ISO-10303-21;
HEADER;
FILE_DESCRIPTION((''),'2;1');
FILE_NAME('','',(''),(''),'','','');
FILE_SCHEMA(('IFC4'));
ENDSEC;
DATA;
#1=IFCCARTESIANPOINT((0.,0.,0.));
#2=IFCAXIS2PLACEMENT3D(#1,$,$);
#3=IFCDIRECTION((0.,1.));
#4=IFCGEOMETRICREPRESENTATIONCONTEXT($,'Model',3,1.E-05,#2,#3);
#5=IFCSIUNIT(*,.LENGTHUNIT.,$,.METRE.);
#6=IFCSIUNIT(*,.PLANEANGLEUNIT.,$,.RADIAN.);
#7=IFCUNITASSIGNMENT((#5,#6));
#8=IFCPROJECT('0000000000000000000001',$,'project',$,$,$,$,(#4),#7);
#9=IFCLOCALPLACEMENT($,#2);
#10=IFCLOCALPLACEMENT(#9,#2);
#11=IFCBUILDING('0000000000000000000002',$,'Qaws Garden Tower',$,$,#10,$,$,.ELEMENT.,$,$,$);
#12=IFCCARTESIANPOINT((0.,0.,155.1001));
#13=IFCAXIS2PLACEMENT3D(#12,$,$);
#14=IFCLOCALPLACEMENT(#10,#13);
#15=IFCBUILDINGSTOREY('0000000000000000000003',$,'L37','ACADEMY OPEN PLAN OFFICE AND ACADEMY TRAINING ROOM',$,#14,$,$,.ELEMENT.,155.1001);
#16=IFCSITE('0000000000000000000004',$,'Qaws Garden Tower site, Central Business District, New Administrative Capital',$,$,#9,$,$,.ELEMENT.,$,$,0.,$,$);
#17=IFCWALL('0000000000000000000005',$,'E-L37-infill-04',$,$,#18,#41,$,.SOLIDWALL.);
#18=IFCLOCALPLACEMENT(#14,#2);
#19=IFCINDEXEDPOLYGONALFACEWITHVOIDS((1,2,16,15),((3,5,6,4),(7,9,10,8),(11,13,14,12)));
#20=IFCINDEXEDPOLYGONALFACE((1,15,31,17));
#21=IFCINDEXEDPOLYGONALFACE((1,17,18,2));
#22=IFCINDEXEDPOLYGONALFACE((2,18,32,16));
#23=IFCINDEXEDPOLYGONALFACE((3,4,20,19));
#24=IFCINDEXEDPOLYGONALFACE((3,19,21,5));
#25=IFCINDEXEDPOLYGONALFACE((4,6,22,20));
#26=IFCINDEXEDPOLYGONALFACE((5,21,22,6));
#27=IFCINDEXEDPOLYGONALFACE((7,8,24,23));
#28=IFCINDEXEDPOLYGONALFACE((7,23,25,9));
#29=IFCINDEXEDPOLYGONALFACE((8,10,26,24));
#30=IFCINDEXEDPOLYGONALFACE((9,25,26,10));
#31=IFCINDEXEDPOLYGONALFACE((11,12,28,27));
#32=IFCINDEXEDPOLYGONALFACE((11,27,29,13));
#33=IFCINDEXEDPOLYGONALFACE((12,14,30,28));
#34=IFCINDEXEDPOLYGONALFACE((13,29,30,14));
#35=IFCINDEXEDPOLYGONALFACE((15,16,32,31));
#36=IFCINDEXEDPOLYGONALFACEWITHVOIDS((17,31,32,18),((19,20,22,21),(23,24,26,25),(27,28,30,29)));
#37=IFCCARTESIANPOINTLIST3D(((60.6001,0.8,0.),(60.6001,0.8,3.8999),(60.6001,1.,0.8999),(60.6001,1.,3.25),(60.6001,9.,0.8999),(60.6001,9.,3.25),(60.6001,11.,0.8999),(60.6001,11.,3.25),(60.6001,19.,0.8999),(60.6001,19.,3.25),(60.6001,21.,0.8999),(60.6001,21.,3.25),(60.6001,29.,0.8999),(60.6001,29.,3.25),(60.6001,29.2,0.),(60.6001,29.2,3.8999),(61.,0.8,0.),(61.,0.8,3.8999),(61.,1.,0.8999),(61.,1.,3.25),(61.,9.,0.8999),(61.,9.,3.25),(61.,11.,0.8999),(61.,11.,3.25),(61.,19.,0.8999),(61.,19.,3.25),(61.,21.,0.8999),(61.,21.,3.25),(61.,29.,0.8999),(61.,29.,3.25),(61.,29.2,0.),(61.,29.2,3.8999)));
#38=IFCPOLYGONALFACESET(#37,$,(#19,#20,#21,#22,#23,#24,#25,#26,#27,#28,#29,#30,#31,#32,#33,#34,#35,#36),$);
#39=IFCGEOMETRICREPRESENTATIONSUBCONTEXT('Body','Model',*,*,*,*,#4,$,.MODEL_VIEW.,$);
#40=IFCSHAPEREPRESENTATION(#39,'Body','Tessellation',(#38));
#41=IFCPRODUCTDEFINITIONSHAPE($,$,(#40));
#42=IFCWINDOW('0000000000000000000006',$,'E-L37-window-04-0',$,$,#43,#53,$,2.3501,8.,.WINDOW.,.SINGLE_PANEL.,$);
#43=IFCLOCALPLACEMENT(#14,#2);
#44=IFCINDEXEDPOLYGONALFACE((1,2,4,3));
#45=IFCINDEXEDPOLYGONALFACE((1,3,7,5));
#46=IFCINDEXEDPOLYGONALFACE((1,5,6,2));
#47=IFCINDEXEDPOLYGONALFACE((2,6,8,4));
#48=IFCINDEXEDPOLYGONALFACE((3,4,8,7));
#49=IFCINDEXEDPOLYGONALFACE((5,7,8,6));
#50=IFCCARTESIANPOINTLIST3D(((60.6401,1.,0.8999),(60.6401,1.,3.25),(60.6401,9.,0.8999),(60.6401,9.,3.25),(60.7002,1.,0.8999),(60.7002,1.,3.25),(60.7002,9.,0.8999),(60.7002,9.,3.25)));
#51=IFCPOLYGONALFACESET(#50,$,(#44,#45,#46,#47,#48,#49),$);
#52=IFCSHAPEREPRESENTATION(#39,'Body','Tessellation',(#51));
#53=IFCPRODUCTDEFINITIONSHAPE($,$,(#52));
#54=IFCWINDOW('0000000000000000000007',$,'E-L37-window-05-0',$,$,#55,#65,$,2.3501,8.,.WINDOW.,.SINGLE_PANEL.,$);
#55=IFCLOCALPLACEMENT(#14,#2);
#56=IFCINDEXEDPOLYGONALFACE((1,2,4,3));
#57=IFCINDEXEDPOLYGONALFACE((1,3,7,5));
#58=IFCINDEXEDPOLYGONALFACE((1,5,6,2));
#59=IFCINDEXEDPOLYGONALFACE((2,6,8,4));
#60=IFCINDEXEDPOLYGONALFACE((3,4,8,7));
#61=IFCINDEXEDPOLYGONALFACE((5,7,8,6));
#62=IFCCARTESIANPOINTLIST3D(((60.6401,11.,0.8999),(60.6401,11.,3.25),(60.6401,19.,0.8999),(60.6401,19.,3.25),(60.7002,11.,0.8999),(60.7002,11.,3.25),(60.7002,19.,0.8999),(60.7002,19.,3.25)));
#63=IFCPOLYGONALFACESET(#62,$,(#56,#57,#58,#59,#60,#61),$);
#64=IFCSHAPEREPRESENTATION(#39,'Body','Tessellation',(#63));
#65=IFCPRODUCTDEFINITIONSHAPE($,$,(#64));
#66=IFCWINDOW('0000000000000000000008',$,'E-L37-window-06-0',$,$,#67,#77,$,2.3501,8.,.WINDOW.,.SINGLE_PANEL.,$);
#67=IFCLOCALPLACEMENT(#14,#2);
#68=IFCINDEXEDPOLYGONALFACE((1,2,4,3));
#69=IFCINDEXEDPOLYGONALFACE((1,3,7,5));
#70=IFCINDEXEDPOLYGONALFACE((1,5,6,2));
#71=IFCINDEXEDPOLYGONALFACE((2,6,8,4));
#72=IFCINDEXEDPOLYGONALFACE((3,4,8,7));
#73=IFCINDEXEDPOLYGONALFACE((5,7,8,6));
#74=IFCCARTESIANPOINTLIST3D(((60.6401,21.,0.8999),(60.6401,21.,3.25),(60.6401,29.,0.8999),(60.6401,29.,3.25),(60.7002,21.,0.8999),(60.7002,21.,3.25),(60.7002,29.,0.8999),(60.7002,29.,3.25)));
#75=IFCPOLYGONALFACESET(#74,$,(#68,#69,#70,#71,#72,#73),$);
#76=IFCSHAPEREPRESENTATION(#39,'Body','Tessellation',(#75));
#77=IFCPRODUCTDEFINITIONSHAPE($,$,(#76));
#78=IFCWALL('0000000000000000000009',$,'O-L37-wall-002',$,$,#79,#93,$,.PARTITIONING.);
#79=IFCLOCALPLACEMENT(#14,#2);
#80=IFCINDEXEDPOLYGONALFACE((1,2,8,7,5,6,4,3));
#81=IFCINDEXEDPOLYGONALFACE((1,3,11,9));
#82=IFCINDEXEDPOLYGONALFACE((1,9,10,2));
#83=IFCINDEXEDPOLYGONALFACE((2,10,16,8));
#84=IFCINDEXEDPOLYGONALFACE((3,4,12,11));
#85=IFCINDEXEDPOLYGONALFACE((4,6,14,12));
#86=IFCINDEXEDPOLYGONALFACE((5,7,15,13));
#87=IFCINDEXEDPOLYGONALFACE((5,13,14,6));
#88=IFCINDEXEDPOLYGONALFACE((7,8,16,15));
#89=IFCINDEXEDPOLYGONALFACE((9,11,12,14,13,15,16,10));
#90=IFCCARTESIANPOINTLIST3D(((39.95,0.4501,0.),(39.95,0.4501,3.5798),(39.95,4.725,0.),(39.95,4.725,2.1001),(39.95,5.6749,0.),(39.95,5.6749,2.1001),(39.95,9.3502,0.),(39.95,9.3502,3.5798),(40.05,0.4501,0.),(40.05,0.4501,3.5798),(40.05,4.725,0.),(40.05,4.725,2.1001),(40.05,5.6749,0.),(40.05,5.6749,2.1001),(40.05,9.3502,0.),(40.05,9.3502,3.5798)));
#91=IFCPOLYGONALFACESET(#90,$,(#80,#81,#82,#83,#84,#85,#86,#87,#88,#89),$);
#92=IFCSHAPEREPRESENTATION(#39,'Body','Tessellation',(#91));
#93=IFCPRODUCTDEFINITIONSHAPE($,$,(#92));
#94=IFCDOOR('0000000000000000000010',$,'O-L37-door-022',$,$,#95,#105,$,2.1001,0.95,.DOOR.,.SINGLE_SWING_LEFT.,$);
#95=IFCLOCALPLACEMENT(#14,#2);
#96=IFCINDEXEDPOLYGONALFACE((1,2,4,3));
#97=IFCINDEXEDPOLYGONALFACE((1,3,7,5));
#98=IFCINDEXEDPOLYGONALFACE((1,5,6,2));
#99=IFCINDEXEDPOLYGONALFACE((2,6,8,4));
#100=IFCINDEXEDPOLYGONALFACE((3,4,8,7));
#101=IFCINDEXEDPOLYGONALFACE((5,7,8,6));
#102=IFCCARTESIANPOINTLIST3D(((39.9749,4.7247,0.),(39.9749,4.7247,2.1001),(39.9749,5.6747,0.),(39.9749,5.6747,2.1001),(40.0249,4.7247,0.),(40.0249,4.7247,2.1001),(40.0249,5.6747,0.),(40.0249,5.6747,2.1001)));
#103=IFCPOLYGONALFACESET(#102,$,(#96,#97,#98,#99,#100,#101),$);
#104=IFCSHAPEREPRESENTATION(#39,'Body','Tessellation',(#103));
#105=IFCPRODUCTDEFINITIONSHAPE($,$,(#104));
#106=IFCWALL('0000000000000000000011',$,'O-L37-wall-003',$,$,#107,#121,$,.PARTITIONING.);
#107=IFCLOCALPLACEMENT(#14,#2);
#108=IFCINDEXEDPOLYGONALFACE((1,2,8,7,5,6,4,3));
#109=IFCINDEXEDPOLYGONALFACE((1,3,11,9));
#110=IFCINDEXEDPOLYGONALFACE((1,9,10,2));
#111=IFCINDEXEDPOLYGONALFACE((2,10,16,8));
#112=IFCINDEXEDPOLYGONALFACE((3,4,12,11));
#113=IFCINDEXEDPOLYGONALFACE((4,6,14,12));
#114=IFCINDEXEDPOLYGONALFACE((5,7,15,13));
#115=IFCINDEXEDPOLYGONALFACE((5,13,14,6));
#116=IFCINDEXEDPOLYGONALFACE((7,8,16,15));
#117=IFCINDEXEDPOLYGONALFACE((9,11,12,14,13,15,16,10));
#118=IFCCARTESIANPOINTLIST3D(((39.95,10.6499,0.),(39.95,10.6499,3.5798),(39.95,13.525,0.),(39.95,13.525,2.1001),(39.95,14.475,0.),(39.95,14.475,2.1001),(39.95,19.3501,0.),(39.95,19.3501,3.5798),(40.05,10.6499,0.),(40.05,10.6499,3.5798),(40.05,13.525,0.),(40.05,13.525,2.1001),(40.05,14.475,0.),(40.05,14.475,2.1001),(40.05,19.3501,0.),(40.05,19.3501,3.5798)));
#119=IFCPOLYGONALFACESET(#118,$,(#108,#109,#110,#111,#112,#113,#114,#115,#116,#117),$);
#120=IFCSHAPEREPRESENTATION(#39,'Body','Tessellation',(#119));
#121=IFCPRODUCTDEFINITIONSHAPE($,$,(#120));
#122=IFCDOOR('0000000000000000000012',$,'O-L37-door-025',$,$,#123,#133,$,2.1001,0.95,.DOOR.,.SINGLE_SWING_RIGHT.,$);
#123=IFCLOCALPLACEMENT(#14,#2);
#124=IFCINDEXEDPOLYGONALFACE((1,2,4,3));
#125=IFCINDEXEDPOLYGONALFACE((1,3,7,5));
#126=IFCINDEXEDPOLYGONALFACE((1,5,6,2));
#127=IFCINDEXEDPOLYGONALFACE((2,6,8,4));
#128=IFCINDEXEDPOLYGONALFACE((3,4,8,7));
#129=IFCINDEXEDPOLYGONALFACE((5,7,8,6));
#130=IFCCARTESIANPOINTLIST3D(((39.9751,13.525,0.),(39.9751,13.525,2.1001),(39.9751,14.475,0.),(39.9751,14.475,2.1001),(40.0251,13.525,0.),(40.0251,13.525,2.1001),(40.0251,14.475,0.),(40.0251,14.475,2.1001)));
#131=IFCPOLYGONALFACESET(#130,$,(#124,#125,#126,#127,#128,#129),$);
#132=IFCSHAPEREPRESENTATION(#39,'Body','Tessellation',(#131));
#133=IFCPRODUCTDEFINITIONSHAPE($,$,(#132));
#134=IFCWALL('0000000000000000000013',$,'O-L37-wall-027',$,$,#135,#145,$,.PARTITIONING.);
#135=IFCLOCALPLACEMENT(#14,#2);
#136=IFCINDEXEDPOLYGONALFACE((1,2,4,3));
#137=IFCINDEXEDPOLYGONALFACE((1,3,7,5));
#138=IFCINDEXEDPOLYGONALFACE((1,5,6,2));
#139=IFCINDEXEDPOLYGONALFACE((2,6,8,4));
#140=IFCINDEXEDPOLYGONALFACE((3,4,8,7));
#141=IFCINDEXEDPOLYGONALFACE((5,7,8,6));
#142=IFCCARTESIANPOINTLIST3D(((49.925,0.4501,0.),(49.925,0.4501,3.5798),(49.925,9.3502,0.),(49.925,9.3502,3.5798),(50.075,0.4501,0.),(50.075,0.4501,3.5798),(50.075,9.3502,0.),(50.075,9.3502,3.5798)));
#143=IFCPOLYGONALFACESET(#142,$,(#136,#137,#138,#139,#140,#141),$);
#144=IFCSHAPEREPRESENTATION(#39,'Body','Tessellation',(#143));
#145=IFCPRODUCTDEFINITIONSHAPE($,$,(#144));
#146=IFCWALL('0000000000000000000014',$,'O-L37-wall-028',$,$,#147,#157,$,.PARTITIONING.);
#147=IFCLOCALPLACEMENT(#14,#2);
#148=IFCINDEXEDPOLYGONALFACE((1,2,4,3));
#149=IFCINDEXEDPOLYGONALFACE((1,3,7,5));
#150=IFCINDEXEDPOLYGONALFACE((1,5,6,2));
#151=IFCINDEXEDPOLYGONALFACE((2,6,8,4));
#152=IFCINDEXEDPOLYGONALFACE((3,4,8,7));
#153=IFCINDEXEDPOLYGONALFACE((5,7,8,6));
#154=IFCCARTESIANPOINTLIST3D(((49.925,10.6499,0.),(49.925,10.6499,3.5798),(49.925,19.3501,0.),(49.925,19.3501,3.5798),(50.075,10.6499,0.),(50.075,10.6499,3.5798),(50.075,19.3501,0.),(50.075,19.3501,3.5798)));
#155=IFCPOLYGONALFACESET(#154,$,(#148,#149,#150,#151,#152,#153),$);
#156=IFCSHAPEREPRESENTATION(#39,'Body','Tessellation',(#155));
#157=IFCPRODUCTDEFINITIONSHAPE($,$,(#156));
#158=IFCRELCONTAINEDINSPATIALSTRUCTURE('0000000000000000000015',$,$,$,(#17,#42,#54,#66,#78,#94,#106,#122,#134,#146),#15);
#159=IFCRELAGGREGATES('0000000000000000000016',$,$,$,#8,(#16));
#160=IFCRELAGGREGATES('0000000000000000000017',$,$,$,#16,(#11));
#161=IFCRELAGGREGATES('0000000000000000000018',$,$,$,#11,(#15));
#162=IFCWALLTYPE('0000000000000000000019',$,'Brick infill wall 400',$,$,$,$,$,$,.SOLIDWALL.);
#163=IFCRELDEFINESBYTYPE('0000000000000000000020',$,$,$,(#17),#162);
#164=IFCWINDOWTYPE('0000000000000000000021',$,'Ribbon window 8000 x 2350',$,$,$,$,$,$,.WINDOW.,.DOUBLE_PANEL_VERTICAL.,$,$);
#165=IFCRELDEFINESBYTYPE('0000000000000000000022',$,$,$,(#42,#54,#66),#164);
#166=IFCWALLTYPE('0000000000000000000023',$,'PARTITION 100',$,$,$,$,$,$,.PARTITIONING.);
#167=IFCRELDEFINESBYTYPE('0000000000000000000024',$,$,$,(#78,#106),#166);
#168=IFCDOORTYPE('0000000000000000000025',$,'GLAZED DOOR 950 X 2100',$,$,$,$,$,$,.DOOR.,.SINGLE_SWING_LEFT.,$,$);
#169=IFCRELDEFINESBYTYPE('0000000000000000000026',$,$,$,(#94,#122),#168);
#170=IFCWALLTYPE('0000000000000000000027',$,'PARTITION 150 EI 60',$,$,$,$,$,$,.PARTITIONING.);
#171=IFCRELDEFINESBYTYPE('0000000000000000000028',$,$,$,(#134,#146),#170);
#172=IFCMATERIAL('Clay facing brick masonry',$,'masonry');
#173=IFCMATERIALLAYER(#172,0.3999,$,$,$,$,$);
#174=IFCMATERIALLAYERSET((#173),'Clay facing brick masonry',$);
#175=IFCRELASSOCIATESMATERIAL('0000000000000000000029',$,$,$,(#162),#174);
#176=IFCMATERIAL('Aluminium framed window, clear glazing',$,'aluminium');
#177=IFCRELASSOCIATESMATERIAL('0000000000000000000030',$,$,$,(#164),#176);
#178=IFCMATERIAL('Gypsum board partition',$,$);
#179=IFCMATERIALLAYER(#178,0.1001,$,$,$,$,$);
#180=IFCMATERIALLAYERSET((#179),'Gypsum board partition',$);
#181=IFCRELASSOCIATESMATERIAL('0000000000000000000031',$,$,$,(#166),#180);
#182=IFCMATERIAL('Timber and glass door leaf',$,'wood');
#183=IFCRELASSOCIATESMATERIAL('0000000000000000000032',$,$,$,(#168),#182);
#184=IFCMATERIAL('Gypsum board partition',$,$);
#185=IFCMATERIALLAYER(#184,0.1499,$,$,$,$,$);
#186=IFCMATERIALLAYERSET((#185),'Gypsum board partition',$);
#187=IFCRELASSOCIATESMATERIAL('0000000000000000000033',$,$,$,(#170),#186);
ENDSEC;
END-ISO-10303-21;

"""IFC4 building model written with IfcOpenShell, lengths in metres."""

from ifc_helpers import new_model, si_unit, direction, frame, frame_2d, origin, place, context, subcontext, project, spatial, rectangle, extrude, material, layer, layer_set, type_object, element, fill, save


model = new_model("IFC4")

# Units and contexts
model_context = context("Model", 3, precision=1e-05, world=origin(), true_north=direction((0.0, 1.0)))
body_context = subcontext(model_context, "Body", "Model", "MODEL_VIEW")
ifc_project = project(units=[si_unit("LENGTHUNIT", "METRE"), si_unit("PLANEANGLEUNIT", "RADIAN")], contexts=[model_context])

# Site, building, storey
site_placement = place(None, origin())
site = spatial("IfcSite", under=ifc_project, at=site_placement, Name="Qaws Garden Tower site, Central Business District, New Administrative Capital", CompositionType="ELEMENT", RefElevation=0.0)
building_placement = place(site_placement, origin())
building = spatial("IfcBuilding", under=site, at=building_placement, Name="Qaws Garden Tower", CompositionType="ELEMENT")
storey_placement = place(building_placement, frame((0.0, 0.0, 155.1001)))
storey = spatial("IfcBuildingStorey", under=building, at=storey_placement, Name="L37", Description="ACADEMY OPEN PLAN OFFICE AND ACADEMY TRAINING ROOM", CompositionType="ELEMENT", Elevation=155.1001)

# Wall, openings, windows
ifc_material_1 = material(Name="Clay facing brick masonry", Category="masonry")
ifc_layer_1 = layer(ifc_material_1, 0.3999)
ifc_layer_set_1 = layer_set([ifc_layer_1], Name="Clay facing brick masonry")
wall_type_1 = type_object("IfcWallType", Name="Brick infill wall 400", PredefinedType="SOLIDWALL", material=ifc_layer_set_1)
wall_1_placement = place(storey_placement, frame((60.8, 0.8, 0.0), z_axis=(0.0, 0.0, 1.0), x_axis=(0.0, 1.0, 0.0)))
wall_1 = element("IfcWall", 1, at=wall_1_placement, inside=storey, type_object=wall_type_1, Name="E-L37-infill-04", PredefinedType="SOLIDWALL", context=body_context, shape_type="SweptSolid", body=[
    extrude(rectangle(XDim=28.3999, YDim=0.3999, at=frame_2d((14.2, 0.0))), origin(), (0.0, 0.0, 1.0), 3.8999),
])
opening_1_placement = place(wall_1_placement, frame((0.2, 0.0, 0.8999)))
opening_1 = element("IfcOpeningElement", 2, at=opening_1_placement, cuts=wall_1, PredefinedType="OPENING", context=body_context, shape_type="SweptSolid", body=[
    extrude(rectangle(XDim=8.0, YDim=2.3501, at=frame_2d((4.0, 1.175))), frame((0.0, 0.21, 0.0), z_axis=(0.0, -1.0, 0.0), x_axis=(1.0, 0.0, 0.0)), (0.0, 0.0, 1.0), 0.4199),
])
opening_2_placement = place(wall_1_placement, frame((10.2, 0.0, 0.8999)))
opening_2 = element("IfcOpeningElement", 3, at=opening_2_placement, cuts=wall_1, PredefinedType="OPENING", context=body_context, shape_type="SweptSolid", body=[
    extrude(rectangle(XDim=8.0, YDim=2.3501, at=frame_2d((4.0, 1.175))), frame((0.0, 0.21, 0.0), z_axis=(0.0, -1.0, 0.0), x_axis=(1.0, 0.0, 0.0)), (0.0, 0.0, 1.0), 0.4199),
])
opening_3_placement = place(wall_1_placement, frame((20.2, 0.0, 0.8999)))
opening_3 = element("IfcOpeningElement", 4, at=opening_3_placement, cuts=wall_1, PredefinedType="OPENING", context=body_context, shape_type="SweptSolid", body=[
    extrude(rectangle(XDim=8.0, YDim=2.3501, at=frame_2d((4.0, 1.175))), frame((0.0, 0.21, 0.0), z_axis=(0.0, -1.0, 0.0), x_axis=(1.0, 0.0, 0.0)), (0.0, 0.0, 1.0), 0.4199),
])
ifc_material_2 = material(Name="Aluminium framed window, clear glazing", Category="aluminium")
window_type = type_object("IfcWindowType", Name="Ribbon window 8000 x 2350", PartitioningType="DOUBLE_PANEL_VERTICAL", PredefinedType="WINDOW", material=ifc_material_2)
window_1_placement = place(opening_1_placement, origin())
window_1 = element("IfcWindow", 5, at=window_1_placement, inside=storey, type_object=window_type, Name="E-L37-window-04-0", OverallHeight=2.3501, OverallWidth=8.0, PartitioningType="SINGLE_PANEL", PredefinedType="WINDOW", context=body_context, shape_type="SweptSolid", body=[
    extrude(rectangle(XDim=8.0, YDim=2.3501, at=frame_2d((4.0, 1.175))), frame((0.0, 0.1599, 0.0), z_axis=(0.0, -1.0, 0.0), x_axis=(1.0, 0.0, 0.0)), (0.0, 0.0, 1.0), 0.0601),
])
fill(opening_1, window_1)
window_2_placement = place(opening_2_placement, origin())
window_2 = element("IfcWindow", 6, at=window_2_placement, inside=storey, type_object=window_type, Name="E-L37-window-05-0", OverallHeight=2.3501, OverallWidth=8.0, PartitioningType="SINGLE_PANEL", PredefinedType="WINDOW", context=body_context, shape_type="SweptSolid", body=[
    extrude(rectangle(XDim=8.0, YDim=2.3501, at=frame_2d((4.0, 1.175))), frame((0.0, 0.1599, 0.0), z_axis=(0.0, -1.0, 0.0), x_axis=(1.0, 0.0, 0.0)), (0.0, 0.0, 1.0), 0.0601),
])
fill(opening_2, window_2)
window_3_placement = place(opening_3_placement, origin())
window_3 = element("IfcWindow", 7, at=window_3_placement, inside=storey, type_object=window_type, Name="E-L37-window-06-0", OverallHeight=2.3501, OverallWidth=8.0, PartitioningType="SINGLE_PANEL", PredefinedType="WINDOW", context=body_context, shape_type="SweptSolid", body=[
    extrude(rectangle(XDim=8.0, YDim=2.3501, at=frame_2d((4.0, 1.175))), frame((0.0, 0.1599, 0.0), z_axis=(0.0, -1.0, 0.0), x_axis=(1.0, 0.0, 0.0)), (0.0, 0.0, 1.0), 0.0601),
])
fill(opening_3, window_3)

# Walls, openings, doors
ifc_material_3 = material(Name="Gypsum board partition")
ifc_layer_2 = layer(ifc_material_3, 0.1001)
ifc_layer_set_2 = layer_set([ifc_layer_2], Name="Gypsum board partition")
wall_type_2 = type_object("IfcWallType", Name="PARTITION 100", PredefinedType="PARTITIONING", material=ifc_layer_set_2)
wall_2_placement = place(storey_placement, frame((40.0, 0.45, 0.0), z_axis=(0.0, 0.0, 1.0), x_axis=(0.0, 1.0, 0.0)))
wall_2 = element("IfcWall", 8, at=wall_2_placement, inside=storey, type_object=wall_type_2, Name="O-L37-wall-002", PredefinedType="PARTITIONING", context=body_context, shape_type="SweptSolid", body=[
    extrude(rectangle(XDim=8.9001, YDim=0.1001, at=frame_2d((4.4502, 0.0))), origin(), (0.0, 0.0, 1.0), 3.5798),
])
opening_4_placement = place(wall_2_placement, frame((4.2749, 0.0, 0.0)))
opening_4 = element("IfcOpeningElement", 9, at=opening_4_placement, cuts=wall_2, PredefinedType="OPENING", context=body_context, shape_type="SweptSolid", body=[
    extrude(rectangle(XDim=0.95, YDim=2.1001, at=frame_2d((0.4751, 1.05))), frame((0.0, 0.0601, 0.0), z_axis=(0.0, -1.0, 0.0), x_axis=(1.0, 0.0, 0.0)), (0.0, 0.0, 1.0), 0.1201),
])
ifc_material_4 = material(Name="Timber and glass door leaf", Category="wood")
door_type = type_object("IfcDoorType", Name="GLAZED DOOR 950 X 2100", OperationType="SINGLE_SWING_LEFT", PredefinedType="DOOR", material=ifc_material_4)
door_1_placement = place(opening_4_placement, frame((0.95, 0.0, 0.0), z_axis=(0.0, 0.0, 1.0), x_axis=(-1.0, 0.0, 0.0)))
door_1 = element("IfcDoor", 10, at=door_1_placement, inside=storey, type_object=door_type, Name="O-L37-door-022", OperationType="SINGLE_SWING_LEFT", OverallHeight=2.1001, OverallWidth=0.95, PredefinedType="DOOR", context=body_context, shape_type="SweptSolid", body=[
    extrude(rectangle(XDim=0.95, YDim=2.1001, at=frame_2d((0.4751, 1.05))), frame((0.0, 0.0249, 0.0), z_axis=(0.0, -1.0, 0.0), x_axis=(1.0, 0.0, 0.0)), (0.0, 0.0, 1.0), 0.05),
])
fill(opening_4, door_1)
wall_3_placement = place(storey_placement, frame((40.0, 10.6499, 0.0), z_axis=(0.0, 0.0, 1.0), x_axis=(0.0, 1.0, 0.0)))
wall_3 = element("IfcWall", 11, at=wall_3_placement, inside=storey, type_object=wall_type_2, Name="O-L37-wall-003", PredefinedType="PARTITIONING", context=body_context, shape_type="SweptSolid", body=[
    extrude(rectangle(XDim=8.7002, YDim=0.1001, at=frame_2d((4.3501, 0.0))), origin(), (0.0, 0.0, 1.0), 3.5798),
])
opening_5_placement = place(wall_3_placement, frame((2.875, 0.0, 0.0)))
opening_5 = element("IfcOpeningElement", 12, at=opening_5_placement, cuts=wall_3, PredefinedType="OPENING", context=body_context, shape_type="SweptSolid", body=[
    extrude(rectangle(XDim=0.95, YDim=2.1001, at=frame_2d((0.4751, 1.05))), frame((0.0, 0.0601, 0.0), z_axis=(0.0, -1.0, 0.0), x_axis=(1.0, 0.0, 0.0)), (0.0, 0.0, 1.0), 0.1201),
])
door_2_placement = place(opening_5_placement, origin())
door_2 = element("IfcDoor", 13, at=door_2_placement, inside=storey, type_object=door_type, Name="O-L37-door-025", OperationType="SINGLE_SWING_RIGHT", OverallHeight=2.1001, OverallWidth=0.95, PredefinedType="DOOR", context=body_context, shape_type="SweptSolid", body=[
    extrude(rectangle(XDim=0.95, YDim=2.1001, at=frame_2d((0.4751, 1.05))), frame((0.0, 0.0249, 0.0), z_axis=(0.0, -1.0, 0.0), x_axis=(1.0, 0.0, 0.0)), (0.0, 0.0, 1.0), 0.05),
])
fill(opening_5, door_2)

# Walls
ifc_material_5 = material(Name="Gypsum board partition")
ifc_layer_3 = layer(ifc_material_5, 0.1499)
ifc_layer_set_3 = layer_set([ifc_layer_3], Name="Gypsum board partition")
wall_type_3 = type_object("IfcWallType", Name="PARTITION 150 EI 60", PredefinedType="PARTITIONING", material=ifc_layer_set_3)
wall_4_placement = place(storey_placement, frame((50.0, 0.45, 0.0), z_axis=(0.0, 0.0, 1.0), x_axis=(0.0, 1.0, 0.0)))
element("IfcWall", 14, at=wall_4_placement, inside=storey, type_object=wall_type_3, Name="O-L37-wall-027", PredefinedType="PARTITIONING", context=body_context, shape_type="SweptSolid", body=[
    extrude(rectangle(XDim=8.9001, YDim=0.1499, at=frame_2d((4.4502, 0.0))), origin(), (0.0, 0.0, 1.0), 3.5798),
])
wall_5_placement = place(storey_placement, frame((50.0, 10.6499, 0.0), z_axis=(0.0, 0.0, 1.0), x_axis=(0.0, 1.0, 0.0)))
element("IfcWall", 15, at=wall_5_placement, inside=storey, type_object=wall_type_3, Name="O-L37-wall-028", PredefinedType="PARTITIONING", context=body_context, shape_type="SweptSolid", body=[
    extrude(rectangle(XDim=8.7002, YDim=0.1499, at=frame_2d((4.3501, 0.0))), origin(), (0.0, 0.0, 1.0), 3.5798),
])

save(model, "model.ifc")
